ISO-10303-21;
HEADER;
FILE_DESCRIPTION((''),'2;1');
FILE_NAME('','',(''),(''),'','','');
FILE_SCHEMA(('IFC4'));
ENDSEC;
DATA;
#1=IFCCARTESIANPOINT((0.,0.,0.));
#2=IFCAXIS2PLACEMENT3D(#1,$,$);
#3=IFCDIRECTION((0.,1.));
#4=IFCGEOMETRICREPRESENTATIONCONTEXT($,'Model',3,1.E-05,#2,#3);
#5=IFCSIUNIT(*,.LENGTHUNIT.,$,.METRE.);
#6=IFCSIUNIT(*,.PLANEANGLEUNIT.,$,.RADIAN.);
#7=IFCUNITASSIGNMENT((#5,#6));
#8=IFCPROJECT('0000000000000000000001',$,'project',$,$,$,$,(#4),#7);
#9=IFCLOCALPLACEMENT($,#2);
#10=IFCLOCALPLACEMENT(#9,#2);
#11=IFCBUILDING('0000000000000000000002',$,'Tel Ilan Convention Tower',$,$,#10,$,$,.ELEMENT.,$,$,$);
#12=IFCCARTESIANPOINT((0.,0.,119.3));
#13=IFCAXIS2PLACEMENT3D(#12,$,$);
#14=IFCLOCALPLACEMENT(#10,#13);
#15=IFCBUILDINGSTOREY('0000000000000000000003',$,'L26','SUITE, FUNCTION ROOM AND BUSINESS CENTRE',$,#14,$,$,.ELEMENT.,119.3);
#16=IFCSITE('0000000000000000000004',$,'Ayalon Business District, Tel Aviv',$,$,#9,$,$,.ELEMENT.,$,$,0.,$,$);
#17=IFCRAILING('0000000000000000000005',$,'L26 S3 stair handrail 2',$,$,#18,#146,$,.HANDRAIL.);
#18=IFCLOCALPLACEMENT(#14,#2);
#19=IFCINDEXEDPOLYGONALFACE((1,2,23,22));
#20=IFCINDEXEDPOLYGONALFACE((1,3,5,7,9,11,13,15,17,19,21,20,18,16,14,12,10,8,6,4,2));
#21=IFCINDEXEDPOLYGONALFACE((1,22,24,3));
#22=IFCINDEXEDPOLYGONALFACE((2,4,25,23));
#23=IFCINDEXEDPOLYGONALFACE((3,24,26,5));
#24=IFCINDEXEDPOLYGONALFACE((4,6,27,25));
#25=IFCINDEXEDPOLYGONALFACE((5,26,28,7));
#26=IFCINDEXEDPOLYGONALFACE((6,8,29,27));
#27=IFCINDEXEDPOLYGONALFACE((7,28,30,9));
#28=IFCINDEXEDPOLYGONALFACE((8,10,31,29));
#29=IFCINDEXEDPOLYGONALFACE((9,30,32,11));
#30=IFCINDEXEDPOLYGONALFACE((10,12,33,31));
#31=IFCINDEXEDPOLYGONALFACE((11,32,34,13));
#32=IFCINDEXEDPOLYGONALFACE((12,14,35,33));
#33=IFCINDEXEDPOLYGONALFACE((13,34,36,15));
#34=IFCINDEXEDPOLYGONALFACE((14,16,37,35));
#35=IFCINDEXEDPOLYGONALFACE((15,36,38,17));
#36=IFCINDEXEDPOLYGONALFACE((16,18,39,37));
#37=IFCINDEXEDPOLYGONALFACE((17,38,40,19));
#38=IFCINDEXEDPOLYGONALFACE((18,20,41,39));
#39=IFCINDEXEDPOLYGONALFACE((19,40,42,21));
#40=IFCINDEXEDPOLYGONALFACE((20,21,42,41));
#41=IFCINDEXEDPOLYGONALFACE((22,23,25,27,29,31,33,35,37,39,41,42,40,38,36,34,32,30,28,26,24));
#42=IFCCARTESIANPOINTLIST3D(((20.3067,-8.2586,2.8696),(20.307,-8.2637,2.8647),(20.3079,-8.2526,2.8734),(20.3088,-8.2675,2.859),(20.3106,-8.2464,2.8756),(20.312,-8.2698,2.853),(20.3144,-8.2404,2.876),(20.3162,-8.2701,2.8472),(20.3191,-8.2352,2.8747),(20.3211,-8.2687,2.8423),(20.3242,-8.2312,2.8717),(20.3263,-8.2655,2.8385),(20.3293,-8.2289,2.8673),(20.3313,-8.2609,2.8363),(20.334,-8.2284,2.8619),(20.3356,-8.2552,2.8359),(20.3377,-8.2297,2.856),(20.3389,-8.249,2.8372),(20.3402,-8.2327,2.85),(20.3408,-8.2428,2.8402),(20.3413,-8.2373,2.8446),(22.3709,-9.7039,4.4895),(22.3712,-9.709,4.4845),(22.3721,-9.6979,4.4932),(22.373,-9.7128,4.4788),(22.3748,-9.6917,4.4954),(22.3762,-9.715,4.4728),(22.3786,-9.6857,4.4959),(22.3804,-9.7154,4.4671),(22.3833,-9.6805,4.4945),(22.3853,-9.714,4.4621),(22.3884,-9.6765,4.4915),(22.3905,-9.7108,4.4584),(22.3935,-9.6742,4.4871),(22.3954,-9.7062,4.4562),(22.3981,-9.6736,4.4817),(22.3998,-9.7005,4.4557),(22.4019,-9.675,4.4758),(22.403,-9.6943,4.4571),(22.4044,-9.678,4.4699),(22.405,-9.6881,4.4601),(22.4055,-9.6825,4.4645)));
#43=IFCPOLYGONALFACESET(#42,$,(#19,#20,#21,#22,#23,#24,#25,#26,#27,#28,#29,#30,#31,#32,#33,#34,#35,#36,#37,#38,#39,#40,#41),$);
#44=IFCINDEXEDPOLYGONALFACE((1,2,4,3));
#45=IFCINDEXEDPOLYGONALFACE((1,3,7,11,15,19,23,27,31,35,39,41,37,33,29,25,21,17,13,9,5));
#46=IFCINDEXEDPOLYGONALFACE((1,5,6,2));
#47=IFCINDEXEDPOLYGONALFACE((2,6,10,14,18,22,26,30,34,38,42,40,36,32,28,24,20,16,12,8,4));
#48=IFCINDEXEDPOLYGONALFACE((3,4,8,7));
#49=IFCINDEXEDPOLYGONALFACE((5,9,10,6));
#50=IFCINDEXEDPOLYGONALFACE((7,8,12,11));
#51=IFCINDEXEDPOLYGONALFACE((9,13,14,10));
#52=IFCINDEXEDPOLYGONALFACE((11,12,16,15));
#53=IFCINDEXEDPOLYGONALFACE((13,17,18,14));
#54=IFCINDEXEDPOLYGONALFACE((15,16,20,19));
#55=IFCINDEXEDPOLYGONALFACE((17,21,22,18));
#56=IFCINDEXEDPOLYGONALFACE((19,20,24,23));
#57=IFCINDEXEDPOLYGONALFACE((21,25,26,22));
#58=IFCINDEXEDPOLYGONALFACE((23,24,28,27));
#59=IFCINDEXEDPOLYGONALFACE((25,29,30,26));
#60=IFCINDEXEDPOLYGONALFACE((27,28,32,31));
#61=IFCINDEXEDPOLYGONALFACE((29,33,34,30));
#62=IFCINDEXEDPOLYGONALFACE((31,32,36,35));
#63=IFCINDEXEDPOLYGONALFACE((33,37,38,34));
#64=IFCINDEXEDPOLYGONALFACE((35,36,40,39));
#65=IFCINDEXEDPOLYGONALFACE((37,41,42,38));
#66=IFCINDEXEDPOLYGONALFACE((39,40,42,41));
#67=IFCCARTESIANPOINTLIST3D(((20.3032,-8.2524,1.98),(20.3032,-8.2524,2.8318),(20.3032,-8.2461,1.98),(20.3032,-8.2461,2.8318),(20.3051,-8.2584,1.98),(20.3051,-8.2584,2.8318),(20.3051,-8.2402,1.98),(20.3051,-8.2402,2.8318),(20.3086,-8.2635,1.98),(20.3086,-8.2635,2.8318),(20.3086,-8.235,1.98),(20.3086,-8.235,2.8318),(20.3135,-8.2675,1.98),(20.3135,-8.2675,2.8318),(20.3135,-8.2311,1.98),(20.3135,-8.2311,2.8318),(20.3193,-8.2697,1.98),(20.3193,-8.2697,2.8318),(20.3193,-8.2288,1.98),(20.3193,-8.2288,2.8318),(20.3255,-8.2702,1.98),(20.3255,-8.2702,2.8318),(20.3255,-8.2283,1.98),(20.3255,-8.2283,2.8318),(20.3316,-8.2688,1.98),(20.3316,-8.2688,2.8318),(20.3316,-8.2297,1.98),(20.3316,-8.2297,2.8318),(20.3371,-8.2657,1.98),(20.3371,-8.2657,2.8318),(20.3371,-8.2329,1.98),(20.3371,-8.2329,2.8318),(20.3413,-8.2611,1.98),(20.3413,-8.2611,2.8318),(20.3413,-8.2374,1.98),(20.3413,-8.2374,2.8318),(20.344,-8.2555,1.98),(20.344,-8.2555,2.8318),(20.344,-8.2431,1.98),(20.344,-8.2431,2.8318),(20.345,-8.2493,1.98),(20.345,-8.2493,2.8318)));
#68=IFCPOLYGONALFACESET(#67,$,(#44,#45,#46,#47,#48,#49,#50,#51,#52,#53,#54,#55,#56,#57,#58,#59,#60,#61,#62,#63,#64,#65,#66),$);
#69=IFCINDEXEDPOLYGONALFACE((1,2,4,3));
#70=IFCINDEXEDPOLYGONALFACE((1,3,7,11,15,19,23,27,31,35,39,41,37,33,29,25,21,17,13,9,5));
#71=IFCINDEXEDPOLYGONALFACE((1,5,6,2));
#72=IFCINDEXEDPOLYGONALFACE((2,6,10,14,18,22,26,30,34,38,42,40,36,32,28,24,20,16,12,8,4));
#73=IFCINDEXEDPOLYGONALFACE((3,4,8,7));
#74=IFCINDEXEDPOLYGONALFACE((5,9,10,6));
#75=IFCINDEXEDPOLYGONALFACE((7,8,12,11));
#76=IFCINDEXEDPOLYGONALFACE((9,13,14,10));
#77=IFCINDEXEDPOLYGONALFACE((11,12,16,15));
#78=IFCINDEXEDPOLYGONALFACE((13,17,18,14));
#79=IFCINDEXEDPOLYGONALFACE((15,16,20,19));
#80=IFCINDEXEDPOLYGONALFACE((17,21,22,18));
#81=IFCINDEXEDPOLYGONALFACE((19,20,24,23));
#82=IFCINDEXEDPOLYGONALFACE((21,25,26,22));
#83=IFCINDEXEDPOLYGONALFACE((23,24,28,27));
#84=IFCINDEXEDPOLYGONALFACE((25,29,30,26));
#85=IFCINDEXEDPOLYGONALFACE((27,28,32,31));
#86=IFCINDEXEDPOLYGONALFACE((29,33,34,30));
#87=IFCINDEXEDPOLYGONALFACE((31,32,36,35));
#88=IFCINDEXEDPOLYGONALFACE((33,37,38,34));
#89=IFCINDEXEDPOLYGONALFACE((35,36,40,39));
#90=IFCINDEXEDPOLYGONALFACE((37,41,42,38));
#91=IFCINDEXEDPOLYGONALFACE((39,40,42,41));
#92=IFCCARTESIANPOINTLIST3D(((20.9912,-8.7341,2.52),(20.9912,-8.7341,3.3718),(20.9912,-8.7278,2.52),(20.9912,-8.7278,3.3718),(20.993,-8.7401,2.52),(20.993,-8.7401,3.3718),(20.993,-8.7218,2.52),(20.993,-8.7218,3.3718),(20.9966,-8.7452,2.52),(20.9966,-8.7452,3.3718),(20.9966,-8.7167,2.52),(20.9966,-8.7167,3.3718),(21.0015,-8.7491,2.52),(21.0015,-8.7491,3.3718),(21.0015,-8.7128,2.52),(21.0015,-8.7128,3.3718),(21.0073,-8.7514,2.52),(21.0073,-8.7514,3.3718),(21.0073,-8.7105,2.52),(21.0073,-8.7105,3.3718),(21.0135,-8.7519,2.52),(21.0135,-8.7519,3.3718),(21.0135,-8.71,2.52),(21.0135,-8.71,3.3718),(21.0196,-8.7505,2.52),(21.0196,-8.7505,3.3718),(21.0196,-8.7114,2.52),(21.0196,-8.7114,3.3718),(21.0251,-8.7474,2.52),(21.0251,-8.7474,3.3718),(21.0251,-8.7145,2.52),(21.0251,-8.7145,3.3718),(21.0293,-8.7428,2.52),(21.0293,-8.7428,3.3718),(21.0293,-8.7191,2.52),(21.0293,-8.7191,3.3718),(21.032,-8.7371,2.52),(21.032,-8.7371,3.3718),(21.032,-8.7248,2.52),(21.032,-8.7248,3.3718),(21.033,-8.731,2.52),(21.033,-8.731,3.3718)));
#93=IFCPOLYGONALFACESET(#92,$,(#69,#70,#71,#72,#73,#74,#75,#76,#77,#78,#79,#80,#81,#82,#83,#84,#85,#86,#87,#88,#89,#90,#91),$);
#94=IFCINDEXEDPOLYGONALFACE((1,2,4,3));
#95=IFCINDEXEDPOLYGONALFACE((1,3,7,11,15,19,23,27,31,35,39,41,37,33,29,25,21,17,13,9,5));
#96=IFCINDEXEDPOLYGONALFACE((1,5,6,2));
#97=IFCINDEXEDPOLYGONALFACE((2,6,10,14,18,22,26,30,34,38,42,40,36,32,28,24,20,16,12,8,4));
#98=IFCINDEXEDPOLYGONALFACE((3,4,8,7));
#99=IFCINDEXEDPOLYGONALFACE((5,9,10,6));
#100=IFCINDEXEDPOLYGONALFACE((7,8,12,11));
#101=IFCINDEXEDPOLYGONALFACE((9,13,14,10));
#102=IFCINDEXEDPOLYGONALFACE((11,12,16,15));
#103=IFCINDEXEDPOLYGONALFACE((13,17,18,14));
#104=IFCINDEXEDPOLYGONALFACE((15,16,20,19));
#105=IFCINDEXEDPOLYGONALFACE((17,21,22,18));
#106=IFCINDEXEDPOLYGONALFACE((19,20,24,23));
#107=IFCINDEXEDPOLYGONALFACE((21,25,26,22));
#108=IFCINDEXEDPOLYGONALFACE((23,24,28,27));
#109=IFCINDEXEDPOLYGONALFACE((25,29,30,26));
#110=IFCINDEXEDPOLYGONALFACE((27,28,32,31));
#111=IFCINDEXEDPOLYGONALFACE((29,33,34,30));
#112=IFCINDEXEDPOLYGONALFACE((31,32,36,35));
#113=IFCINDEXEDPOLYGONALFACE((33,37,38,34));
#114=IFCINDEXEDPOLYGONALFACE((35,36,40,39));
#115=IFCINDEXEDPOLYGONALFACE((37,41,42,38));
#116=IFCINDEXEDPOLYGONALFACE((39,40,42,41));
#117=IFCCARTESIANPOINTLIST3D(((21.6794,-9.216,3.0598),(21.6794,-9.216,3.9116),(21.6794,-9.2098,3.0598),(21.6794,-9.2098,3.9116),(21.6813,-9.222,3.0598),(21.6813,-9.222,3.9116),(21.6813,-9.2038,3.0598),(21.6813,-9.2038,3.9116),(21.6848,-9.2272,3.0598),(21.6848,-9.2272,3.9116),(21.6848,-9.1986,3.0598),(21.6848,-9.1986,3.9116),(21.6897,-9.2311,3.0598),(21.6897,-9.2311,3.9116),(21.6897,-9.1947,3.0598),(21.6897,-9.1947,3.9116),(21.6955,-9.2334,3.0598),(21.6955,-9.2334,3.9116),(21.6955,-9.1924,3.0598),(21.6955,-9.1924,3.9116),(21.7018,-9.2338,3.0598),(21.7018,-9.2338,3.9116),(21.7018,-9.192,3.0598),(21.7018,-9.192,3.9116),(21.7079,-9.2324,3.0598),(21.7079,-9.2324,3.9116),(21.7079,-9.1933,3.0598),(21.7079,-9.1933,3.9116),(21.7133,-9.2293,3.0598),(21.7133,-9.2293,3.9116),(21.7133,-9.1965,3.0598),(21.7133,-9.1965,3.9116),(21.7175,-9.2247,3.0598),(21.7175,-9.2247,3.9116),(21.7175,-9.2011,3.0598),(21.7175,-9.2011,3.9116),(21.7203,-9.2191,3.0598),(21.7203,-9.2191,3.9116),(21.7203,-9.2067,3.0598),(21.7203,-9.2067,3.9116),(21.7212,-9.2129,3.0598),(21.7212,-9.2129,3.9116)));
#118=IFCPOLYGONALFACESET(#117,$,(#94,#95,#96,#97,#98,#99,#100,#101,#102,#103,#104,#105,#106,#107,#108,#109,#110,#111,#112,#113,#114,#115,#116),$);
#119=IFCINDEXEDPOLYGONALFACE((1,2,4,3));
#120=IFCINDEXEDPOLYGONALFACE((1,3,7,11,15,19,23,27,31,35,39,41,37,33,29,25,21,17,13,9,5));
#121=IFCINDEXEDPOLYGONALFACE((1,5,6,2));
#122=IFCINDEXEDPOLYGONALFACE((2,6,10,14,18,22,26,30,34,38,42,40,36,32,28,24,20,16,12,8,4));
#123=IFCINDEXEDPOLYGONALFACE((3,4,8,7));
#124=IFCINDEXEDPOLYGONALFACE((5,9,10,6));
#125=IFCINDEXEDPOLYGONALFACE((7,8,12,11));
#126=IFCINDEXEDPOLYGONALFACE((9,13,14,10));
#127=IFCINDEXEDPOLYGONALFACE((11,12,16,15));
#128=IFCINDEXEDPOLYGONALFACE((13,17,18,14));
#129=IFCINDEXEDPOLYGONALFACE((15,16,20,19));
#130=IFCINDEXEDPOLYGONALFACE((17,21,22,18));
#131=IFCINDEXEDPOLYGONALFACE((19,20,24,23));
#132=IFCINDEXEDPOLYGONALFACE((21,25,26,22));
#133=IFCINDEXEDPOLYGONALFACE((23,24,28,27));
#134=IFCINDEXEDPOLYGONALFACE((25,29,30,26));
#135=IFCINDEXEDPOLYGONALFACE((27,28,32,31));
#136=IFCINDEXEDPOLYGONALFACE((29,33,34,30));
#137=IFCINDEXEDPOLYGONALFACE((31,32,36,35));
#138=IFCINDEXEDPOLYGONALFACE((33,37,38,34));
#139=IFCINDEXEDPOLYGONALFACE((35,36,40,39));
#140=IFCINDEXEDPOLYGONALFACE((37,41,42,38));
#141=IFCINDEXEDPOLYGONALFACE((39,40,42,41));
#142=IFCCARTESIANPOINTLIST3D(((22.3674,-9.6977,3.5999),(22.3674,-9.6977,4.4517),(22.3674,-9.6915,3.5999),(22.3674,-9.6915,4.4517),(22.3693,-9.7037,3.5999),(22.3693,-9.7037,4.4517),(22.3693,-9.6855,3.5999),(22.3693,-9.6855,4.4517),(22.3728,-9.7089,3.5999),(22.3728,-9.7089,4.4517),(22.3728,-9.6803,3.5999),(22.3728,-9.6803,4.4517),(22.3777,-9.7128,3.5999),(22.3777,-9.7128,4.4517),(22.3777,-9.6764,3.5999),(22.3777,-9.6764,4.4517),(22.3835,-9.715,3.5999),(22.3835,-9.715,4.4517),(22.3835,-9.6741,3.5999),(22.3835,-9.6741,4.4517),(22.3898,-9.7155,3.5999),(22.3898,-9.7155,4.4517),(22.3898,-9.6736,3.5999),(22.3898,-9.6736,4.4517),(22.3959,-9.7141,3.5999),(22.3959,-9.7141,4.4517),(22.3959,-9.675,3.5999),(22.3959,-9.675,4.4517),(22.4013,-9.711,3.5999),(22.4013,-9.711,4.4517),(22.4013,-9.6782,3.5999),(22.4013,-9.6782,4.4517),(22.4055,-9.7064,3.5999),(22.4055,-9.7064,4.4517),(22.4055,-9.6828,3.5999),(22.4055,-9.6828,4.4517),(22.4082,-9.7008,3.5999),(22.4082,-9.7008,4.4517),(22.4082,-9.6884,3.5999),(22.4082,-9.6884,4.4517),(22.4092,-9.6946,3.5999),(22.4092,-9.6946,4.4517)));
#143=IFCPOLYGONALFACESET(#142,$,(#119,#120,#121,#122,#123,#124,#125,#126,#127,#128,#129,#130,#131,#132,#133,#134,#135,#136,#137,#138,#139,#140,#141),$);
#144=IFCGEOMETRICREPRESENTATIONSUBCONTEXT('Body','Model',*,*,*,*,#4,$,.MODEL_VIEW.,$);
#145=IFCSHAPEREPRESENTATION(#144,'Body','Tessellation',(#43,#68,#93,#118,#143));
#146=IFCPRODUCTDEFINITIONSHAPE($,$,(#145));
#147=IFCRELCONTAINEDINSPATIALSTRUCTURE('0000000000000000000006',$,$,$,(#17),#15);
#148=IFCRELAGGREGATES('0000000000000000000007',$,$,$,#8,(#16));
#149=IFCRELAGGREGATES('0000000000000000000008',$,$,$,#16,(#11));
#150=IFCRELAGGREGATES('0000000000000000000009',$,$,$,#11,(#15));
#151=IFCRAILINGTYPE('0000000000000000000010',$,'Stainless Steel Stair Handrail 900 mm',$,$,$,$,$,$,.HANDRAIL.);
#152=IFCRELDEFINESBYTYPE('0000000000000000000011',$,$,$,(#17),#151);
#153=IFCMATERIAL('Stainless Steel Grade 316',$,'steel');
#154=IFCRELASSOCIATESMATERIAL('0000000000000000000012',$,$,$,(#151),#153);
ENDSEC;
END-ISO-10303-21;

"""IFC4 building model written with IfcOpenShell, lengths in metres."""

from ifc_helpers import new_model, si_unit, direction, frame, origin, origin_2d, place, context, subcontext, project, spatial, circle, extrude, material, type_object, element, save


model = new_model("IFC4")

# Units and contexts
model_context = context("Model", 3, precision=1e-05, world=origin(), true_north=direction((0.0, 1.0)))
body_context = subcontext(model_context, "Body", "Model", "MODEL_VIEW")
ifc_project = project(units=[si_unit("LENGTHUNIT", "METRE"), si_unit("PLANEANGLEUNIT", "RADIAN")], contexts=[model_context])

# Site, building, storey
site_placement = place(None, origin())
site = spatial("IfcSite", under=ifc_project, at=site_placement, Name="Ayalon Business District, Tel Aviv", CompositionType="ELEMENT", RefElevation=0.0)
building_placement = place(site_placement, origin())
building = spatial("IfcBuilding", under=site, at=building_placement, Name="Tel Ilan Convention Tower", CompositionType="ELEMENT")
storey_placement = place(building_placement, frame((0.0, 0.0, 119.3)))
storey = spatial("IfcBuildingStorey", under=building, at=storey_placement, Name="L26", Description="SUITE, FUNCTION ROOM AND BUSINESS CENTRE", CompositionType="ELEMENT", Elevation=119.3)

# Railing
ifc_material_1 = material(Name="Stainless Steel Grade 316", Category="steel")
railing_type_1 = type_object("IfcRailingType", Name="Stainless Steel Stair Handrail 900 mm", PredefinedType="HANDRAIL", material=ifc_material_1)
railing_1_placement = place(storey_placement, frame((20.324, -8.2493, 1.98)))
element("IfcRailing", 1, at=railing_1_placement, inside=storey, type_object=railing_type_1, Name="L26 S3 stair handrail 2", PredefinedType="HANDRAIL", context=body_context, shape_type="SweptSolid", body=[
    extrude(circle(Radius=0.0239, at=origin_2d()), frame((0.0, 0.0, 0.876), z_axis=(0.68907, -0.482472, 0.540743), x_axis=(0.57356, 0.819164, 0.0)), (0.0, 0.0, 1.0), 2.9956),
    extrude(circle(Radius=0.021, at=origin_2d()), origin(), (0.0, 0.0, 1.0), 0.8518),
    extrude(circle(Radius=0.021, at=origin_2d()), frame((0.688, -0.4817, 0.54)), (0.0, 0.0, 1.0), 0.8518),
    extrude(circle(Radius=0.021, at=origin_2d()), frame((1.3762, -0.9636, 1.0798)), (0.0, 0.0, 1.0), 0.8518),
    extrude(circle(Radius=0.021, at=origin_2d()), frame((2.0642, -1.4453, 1.6199)), (0.0, 0.0, 1.0), 0.8518),
])

save(model, "model.ifc")
